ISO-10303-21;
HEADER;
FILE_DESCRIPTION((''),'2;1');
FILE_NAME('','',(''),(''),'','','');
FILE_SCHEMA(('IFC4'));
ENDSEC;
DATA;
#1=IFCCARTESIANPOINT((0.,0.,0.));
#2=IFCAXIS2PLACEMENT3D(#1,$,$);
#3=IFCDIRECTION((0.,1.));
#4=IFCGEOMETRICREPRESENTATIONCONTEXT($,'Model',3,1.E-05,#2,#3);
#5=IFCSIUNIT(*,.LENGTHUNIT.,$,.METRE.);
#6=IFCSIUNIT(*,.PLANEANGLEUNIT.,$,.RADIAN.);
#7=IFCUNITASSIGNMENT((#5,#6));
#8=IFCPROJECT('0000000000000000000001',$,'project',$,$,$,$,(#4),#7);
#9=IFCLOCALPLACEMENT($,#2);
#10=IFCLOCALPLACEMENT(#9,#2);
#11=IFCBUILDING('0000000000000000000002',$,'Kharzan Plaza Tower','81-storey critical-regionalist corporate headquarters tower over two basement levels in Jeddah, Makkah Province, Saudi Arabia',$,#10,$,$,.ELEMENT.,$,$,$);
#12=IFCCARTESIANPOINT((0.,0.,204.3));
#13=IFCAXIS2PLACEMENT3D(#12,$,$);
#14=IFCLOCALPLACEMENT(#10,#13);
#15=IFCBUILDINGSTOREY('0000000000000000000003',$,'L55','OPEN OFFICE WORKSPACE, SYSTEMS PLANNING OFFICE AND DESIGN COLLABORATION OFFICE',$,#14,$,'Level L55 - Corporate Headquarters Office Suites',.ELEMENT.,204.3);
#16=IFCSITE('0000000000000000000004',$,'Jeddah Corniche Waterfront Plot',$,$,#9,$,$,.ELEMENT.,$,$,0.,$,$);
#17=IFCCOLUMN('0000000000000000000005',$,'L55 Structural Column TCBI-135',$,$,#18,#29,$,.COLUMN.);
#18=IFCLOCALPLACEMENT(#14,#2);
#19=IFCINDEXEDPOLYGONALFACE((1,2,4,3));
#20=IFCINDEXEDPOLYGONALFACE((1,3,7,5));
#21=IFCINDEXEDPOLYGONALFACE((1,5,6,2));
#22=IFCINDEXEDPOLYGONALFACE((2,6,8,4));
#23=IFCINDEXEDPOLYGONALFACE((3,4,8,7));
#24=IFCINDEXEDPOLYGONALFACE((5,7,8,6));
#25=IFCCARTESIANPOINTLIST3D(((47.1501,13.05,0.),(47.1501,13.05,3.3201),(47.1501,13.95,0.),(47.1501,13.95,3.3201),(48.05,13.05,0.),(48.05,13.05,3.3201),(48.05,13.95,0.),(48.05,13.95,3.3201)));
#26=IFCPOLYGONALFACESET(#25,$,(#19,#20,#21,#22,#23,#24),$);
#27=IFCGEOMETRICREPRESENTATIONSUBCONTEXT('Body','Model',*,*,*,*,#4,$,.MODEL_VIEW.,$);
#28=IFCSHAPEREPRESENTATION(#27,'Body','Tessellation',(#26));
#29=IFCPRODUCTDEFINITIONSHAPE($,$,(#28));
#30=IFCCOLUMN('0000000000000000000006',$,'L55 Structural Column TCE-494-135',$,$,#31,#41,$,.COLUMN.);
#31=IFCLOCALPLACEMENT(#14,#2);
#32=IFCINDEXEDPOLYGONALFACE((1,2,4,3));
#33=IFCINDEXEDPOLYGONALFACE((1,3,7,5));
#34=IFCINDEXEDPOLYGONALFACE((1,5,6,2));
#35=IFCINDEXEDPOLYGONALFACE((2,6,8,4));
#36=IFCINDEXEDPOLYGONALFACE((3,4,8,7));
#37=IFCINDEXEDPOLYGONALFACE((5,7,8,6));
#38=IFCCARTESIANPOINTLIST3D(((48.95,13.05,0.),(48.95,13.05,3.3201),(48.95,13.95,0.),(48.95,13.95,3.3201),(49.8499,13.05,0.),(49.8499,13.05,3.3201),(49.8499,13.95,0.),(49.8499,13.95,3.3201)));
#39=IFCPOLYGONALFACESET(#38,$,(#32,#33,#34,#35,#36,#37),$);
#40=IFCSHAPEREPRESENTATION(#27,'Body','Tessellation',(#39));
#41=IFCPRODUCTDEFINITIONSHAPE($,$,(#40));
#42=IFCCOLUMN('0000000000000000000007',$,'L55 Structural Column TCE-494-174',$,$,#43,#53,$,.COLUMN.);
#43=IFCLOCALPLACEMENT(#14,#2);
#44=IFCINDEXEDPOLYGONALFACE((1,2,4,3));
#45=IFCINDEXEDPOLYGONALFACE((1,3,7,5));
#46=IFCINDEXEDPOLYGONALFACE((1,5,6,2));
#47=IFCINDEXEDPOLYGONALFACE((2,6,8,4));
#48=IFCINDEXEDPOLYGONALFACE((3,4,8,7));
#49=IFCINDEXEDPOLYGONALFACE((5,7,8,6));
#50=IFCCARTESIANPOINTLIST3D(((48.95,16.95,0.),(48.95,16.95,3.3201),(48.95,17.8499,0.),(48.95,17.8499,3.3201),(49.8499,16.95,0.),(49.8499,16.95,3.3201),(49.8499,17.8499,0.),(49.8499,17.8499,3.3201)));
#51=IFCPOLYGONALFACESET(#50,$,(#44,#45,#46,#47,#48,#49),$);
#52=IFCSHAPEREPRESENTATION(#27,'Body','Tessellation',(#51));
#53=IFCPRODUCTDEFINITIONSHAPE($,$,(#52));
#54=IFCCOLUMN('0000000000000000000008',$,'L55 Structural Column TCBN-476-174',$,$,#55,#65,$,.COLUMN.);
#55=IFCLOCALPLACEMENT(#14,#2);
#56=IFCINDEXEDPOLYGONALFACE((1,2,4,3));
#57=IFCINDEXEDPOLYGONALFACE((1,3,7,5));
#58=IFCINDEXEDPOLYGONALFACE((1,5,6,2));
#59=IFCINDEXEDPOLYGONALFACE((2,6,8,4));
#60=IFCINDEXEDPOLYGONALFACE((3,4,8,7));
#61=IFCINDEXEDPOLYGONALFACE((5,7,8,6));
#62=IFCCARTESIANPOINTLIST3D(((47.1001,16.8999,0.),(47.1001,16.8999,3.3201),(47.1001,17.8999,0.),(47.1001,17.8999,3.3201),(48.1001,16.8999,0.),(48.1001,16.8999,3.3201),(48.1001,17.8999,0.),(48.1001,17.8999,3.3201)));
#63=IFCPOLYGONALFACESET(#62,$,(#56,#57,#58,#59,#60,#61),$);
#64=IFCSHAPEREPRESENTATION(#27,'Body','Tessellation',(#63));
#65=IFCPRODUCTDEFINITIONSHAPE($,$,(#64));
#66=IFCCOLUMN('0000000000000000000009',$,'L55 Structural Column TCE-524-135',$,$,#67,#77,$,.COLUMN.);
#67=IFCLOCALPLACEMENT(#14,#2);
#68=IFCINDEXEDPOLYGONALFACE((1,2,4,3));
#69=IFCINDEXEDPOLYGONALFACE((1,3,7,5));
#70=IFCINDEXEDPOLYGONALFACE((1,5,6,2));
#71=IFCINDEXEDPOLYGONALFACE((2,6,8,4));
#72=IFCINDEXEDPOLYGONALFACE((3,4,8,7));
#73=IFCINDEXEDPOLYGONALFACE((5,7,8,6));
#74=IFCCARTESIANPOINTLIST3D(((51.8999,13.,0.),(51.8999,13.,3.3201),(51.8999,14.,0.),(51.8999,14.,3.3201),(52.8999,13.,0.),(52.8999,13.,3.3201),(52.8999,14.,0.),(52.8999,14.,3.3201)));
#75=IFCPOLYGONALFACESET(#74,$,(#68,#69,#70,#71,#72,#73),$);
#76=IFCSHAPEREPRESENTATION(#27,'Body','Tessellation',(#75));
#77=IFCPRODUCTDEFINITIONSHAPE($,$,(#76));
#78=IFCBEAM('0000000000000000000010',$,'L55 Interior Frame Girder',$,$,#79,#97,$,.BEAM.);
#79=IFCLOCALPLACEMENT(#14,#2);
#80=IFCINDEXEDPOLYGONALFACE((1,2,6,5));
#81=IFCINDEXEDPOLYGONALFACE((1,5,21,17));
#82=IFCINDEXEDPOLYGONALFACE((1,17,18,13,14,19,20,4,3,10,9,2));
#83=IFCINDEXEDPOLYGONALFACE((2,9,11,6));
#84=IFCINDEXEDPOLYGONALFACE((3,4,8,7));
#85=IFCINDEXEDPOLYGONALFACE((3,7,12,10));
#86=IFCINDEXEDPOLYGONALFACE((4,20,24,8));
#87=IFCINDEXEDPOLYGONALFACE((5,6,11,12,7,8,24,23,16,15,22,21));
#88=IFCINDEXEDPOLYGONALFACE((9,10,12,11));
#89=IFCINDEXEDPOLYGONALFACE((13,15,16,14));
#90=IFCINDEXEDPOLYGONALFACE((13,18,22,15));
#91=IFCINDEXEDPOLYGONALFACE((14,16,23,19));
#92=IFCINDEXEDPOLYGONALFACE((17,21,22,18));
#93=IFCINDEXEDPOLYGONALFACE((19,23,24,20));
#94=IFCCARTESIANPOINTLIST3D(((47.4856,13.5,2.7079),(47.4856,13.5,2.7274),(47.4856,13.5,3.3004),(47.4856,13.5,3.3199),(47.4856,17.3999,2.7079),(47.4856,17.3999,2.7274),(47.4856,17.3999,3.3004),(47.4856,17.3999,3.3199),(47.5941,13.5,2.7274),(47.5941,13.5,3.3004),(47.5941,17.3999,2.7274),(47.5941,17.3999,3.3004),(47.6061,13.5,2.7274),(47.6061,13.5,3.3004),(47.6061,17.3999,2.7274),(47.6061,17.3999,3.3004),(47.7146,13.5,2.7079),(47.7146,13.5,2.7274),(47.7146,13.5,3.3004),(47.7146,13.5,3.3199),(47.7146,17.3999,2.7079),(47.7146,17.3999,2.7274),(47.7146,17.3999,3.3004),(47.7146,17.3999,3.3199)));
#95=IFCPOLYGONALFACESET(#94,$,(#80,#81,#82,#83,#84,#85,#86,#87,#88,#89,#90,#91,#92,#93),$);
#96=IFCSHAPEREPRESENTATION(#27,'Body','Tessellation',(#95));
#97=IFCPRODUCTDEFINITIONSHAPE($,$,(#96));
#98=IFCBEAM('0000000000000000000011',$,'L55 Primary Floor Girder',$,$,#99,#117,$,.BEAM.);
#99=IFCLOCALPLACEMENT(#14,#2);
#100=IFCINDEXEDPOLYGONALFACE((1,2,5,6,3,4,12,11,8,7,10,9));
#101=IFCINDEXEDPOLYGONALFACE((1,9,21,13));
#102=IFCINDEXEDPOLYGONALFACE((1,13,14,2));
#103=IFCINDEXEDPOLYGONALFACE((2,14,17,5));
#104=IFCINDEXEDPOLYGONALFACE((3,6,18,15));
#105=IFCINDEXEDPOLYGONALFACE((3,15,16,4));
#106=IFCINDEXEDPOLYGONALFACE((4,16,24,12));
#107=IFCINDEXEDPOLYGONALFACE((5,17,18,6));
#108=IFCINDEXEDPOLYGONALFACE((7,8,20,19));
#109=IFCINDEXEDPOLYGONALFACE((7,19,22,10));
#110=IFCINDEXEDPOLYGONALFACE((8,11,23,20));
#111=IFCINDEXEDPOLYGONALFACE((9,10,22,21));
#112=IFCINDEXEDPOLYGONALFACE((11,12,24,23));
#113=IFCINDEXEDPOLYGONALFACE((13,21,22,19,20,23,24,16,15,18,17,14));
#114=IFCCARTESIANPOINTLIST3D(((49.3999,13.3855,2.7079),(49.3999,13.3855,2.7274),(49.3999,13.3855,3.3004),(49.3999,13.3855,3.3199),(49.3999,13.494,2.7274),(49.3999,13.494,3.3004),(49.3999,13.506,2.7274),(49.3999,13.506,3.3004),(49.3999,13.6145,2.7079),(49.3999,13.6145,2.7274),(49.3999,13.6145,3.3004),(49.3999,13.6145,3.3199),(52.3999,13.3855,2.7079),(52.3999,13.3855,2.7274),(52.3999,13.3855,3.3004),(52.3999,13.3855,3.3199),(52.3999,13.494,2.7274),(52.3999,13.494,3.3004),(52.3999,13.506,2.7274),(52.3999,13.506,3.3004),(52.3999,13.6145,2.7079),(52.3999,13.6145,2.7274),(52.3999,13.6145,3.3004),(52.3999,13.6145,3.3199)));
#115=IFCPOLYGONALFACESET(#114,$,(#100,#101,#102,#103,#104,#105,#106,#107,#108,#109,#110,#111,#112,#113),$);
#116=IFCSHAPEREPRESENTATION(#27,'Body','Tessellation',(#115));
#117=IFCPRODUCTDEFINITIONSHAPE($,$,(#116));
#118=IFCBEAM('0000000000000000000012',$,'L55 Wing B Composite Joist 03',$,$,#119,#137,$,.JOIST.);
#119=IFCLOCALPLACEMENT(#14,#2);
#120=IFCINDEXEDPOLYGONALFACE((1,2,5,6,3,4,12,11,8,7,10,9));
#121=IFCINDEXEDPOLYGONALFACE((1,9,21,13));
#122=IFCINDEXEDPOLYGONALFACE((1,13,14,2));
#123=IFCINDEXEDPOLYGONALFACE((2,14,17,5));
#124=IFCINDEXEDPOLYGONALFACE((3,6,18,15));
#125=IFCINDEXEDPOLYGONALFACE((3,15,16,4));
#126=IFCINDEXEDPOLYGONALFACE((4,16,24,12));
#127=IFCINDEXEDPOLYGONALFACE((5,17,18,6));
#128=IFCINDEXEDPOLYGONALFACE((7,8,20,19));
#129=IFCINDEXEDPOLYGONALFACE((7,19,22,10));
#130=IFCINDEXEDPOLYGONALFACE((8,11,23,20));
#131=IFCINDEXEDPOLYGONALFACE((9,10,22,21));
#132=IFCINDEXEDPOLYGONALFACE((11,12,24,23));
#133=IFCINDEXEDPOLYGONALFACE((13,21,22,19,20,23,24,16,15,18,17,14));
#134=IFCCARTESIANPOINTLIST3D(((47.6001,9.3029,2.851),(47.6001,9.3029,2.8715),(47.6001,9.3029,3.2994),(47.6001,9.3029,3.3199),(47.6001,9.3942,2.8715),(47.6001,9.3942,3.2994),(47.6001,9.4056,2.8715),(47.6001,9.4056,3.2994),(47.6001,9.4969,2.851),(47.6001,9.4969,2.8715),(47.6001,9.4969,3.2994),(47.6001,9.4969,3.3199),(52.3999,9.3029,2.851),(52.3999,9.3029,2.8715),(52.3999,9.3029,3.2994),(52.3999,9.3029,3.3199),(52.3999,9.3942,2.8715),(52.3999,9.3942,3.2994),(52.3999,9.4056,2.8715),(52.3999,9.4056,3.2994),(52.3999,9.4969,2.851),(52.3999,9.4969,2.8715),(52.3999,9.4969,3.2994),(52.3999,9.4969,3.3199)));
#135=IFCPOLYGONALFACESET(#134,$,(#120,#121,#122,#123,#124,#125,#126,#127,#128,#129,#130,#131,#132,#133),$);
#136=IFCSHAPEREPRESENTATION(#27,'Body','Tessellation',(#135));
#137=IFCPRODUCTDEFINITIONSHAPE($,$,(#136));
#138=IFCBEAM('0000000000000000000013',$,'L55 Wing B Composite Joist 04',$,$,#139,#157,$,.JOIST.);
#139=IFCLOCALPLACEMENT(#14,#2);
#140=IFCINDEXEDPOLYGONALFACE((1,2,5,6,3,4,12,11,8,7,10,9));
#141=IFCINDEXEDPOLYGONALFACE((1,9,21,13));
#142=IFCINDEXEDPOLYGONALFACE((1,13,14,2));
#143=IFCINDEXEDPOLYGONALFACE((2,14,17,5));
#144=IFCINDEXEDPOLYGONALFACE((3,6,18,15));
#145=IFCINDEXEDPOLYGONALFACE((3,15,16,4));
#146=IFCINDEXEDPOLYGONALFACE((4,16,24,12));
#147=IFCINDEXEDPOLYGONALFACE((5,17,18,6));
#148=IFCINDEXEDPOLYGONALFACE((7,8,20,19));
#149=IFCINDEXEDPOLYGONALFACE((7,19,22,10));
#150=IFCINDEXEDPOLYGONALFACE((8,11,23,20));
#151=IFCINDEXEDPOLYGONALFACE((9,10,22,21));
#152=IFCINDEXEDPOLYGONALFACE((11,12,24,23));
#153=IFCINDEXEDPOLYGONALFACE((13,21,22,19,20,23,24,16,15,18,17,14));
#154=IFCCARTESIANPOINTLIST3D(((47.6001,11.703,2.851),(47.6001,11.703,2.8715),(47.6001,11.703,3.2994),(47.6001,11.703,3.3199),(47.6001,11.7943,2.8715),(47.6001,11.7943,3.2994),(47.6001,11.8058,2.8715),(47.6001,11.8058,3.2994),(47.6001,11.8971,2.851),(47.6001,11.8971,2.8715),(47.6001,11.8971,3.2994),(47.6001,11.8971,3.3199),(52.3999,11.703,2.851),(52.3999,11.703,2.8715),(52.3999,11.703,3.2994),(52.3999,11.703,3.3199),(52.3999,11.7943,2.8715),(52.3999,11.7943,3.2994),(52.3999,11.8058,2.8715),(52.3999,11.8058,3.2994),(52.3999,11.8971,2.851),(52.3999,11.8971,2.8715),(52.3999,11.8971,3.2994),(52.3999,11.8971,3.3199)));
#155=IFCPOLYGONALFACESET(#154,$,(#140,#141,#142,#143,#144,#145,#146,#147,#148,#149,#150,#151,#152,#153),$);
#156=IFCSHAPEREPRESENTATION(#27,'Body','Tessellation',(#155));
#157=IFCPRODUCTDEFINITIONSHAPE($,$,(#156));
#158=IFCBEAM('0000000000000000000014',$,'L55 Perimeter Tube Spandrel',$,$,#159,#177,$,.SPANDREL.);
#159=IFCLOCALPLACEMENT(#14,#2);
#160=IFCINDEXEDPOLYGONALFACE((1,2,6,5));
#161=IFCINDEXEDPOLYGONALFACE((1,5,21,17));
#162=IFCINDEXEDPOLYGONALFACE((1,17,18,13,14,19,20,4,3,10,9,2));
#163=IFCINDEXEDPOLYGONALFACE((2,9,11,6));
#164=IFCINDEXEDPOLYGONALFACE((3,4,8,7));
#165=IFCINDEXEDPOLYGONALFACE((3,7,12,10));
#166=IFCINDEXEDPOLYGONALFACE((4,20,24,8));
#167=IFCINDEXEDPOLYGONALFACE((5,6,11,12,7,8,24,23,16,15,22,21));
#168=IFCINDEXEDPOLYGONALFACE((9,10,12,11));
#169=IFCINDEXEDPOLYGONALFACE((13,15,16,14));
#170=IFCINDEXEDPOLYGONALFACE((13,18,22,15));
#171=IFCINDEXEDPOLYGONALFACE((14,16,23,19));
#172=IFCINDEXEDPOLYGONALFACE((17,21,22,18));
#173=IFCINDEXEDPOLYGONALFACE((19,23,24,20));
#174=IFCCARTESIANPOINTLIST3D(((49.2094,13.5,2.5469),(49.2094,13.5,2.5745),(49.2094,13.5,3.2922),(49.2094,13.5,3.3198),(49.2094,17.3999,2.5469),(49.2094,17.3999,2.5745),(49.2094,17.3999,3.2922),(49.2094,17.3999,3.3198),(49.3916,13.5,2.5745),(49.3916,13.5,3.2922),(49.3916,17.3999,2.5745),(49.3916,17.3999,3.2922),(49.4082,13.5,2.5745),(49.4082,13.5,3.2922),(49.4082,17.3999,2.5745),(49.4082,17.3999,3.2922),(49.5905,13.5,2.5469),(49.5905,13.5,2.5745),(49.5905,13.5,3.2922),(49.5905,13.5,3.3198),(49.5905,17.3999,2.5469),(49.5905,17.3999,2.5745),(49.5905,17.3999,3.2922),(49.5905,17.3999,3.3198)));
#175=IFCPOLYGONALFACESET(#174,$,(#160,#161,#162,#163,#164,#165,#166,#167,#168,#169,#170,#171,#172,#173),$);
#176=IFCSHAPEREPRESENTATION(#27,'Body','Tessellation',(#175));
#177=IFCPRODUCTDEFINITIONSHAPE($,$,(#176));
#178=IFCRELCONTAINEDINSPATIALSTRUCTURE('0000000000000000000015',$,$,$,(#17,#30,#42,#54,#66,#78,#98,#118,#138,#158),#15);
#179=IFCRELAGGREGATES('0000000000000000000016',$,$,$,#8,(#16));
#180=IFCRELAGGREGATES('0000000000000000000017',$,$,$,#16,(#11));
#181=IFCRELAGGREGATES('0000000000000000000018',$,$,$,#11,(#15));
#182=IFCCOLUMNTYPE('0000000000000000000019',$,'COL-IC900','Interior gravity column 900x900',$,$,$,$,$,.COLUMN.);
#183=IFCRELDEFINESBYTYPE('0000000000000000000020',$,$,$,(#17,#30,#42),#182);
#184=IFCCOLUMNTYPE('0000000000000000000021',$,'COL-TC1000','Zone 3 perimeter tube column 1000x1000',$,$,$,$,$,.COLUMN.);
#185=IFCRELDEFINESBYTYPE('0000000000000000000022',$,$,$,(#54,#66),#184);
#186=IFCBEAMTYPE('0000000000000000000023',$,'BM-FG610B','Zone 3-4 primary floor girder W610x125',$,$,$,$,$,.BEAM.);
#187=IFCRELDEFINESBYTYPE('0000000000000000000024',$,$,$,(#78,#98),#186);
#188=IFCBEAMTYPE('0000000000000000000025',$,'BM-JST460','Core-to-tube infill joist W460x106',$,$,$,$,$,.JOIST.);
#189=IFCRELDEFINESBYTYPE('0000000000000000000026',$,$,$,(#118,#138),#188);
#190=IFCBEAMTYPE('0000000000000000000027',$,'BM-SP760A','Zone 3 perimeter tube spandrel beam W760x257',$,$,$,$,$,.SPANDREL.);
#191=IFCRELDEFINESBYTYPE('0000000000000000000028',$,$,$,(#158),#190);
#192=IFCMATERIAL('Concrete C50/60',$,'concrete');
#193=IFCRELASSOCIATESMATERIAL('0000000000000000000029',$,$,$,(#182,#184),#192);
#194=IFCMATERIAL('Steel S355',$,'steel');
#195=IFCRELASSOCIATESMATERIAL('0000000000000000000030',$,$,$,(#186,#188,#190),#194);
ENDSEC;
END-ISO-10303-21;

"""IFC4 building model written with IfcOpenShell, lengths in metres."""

from ifc_helpers import new_model, si_unit, direction, frame, origin, origin_2d, place, context, subcontext, project, spatial, rectangle, i_section, extrude, source, transform, mapped, material, material_profile, profile_set, type_object, element, save


model = new_model("IFC4")

# Units and contexts
model_context = context("Model", 3, precision=1e-05, world=origin(), true_north=direction((0.0, 1.0)))
body_context = subcontext(model_context, "Body", "Model", "MODEL_VIEW")
ifc_project = project(units=[si_unit("LENGTHUNIT", "METRE"), si_unit("PLANEANGLEUNIT", "RADIAN")], contexts=[model_context])

# Site, building, storey
site_placement = place(None, origin())
site = spatial("IfcSite", under=ifc_project, at=site_placement, Name="Jeddah Corniche Waterfront Plot", CompositionType="ELEMENT", RefElevation=0.0)
building_placement = place(site_placement, origin())
building = spatial("IfcBuilding", under=site, at=building_placement, Name="Kharzan Plaza Tower", Description="81-storey critical-regionalist corporate headquarters tower over two basement levels in Jeddah, Makkah Province, Saudi Arabia", CompositionType="ELEMENT")
storey_placement = place(building_placement, frame((0.0, 0.0, 204.3)))
storey = spatial("IfcBuildingStorey", under=building, at=storey_placement, Name="L55", Description="OPEN OFFICE WORKSPACE, SYSTEMS PLANNING OFFICE AND DESIGN COLLABORATION OFFICE", LongName="Level L55 - Corporate Headquarters Office Suites", CompositionType="ELEMENT", Elevation=204.3)

# Columns
ifc_material_1 = material(Name="Concrete C50/60", Category="concrete")
ifc_material_profile_1 = material_profile(ifc_material_1, rectangle(XDim=0.8999, YDim=0.8999, at=origin_2d()), Name="RC-IC900x900")
ifc_profile_set_1 = profile_set([ifc_material_profile_1], Name="Concrete C50/60")
column_type_1 = type_object("IfcColumnType", Name="COL-IC900", Description="Interior gravity column 900x900", PredefinedType="COLUMN", material=ifc_profile_set_1)
shared_shape_1 = source(origin(), body_context, "Body", "SweptSolid", [
    extrude(rectangle(XDim=0.8999, YDim=0.8999, at=origin_2d()), origin(), (0.0, 0.0, 1.0), 3.3201),
])
for number, where, z_axis, x_axis, name in (
    (1, (47.6001, 13.5, 0.0), (0.0, 0.0, 1.0), (1.0, 0.0, 0.0), "L55 Structural Column TCBI-135"),
    (2, (49.3999, 13.5, 0.0), (0.0, 0.0, 1.0), (1.0, 0.0, 0.0), "L55 Structural Column TCE-494-135"),
    (3, (49.3999, 17.3999, 0.0), (0.0, 0.0, 1.0), (1.0, 0.0, 0.0), "L55 Structural Column TCE-494-174"),
):
    element("IfcColumn", number, at=place(storey_placement, frame(where, z_axis=z_axis, x_axis=x_axis)), inside=storey, type_object=column_type_1, Name=name, PredefinedType="COLUMN", context=body_context, shape_type="MappedRepresentation", body=[
        mapped(shared_shape_1, transform((0.0, 0.0, 0.0), x_axis=(1.0, 0.0, 0.0), y_axis=(0.0, 1.0, 0.0), z_axis=(0.0, 0.0, 1.0))),
    ])
ifc_material_profile_2 = material_profile(ifc_material_1, rectangle(XDim=1.0, YDim=1.0, at=origin_2d()), Name="RC-TC1000x1000")
ifc_profile_set_2 = profile_set([ifc_material_profile_2], Name="Concrete C50/60")
column_type_2 = type_object("IfcColumnType", Name="COL-TC1000", Description="Zone 3 perimeter tube column 1000x1000", PredefinedType="COLUMN", material=ifc_profile_set_2)
shared_shape_2 = source(origin(), body_context, "Body", "SweptSolid", [
    extrude(rectangle(XDim=1.0, YDim=1.0, at=origin_2d()), origin(), (0.0, 0.0, 1.0), 3.3201),
])
for number, where, z_axis, x_axis, name in (
    (4, (47.6001, 17.3999, 0.0), (0.0, 0.0, 1.0), (1.0, 0.0, 0.0), "L55 Structural Column TCBN-476-174"),
    (5, (52.3999, 13.5, 0.0), (0.0, 0.0, 1.0), (1.0, 0.0, 0.0), "L55 Structural Column TCE-524-135"),
):
    element("IfcColumn", number, at=place(storey_placement, frame(where, z_axis=z_axis, x_axis=x_axis)), inside=storey, type_object=column_type_2, Name=name, PredefinedType="COLUMN", context=body_context, shape_type="MappedRepresentation", body=[
        mapped(shared_shape_2, transform((0.0, 0.0, 0.0), x_axis=(1.0, 0.0, 0.0), y_axis=(0.0, 1.0, 0.0), z_axis=(0.0, 0.0, 1.0))),
    ])

# Beams
ifc_material_2 = material(Name="Steel S355", Category="steel")
ifc_material_profile_3 = material_profile(ifc_material_2, i_section(OverallWidth=0.229, OverallDepth=0.6121, WebThickness=0.012, FlangeThickness=0.0195, at=origin_2d()), Name="W610x125")
ifc_profile_set_3 = profile_set([ifc_material_profile_3], Name="Steel S355")
beam_type_1 = type_object("IfcBeamType", Name="BM-FG610B", Description="Zone 3-4 primary floor girder W610x125", PredefinedType="BEAM", material=ifc_profile_set_3)
shared_shape_3 = source(origin(), body_context, "Body", "SweptSolid", [
    extrude(i_section(OverallWidth=0.229, OverallDepth=0.6121, WebThickness=0.012, FlangeThickness=0.0195, at=origin_2d()), origin(), (0.0, 0.0, 1.0), 3.8999),
])
beam_1_placement = place(storey_placement, frame((47.6001, 13.5, 3.0139), z_axis=(0.0, 1.0, 0.0), x_axis=(-1.0, 0.0, 0.0)))
element("IfcBeam", 6, at=beam_1_placement, inside=storey, type_object=beam_type_1, Name="L55 Interior Frame Girder", PredefinedType="BEAM", context=body_context, shape_type="MappedRepresentation", body=[
    mapped(shared_shape_3, transform((0.0, 0.0, 0.0), x_axis=(1.0, 0.0, 0.0), y_axis=(0.0, 1.0, 0.0), z_axis=(0.0, 0.0, 1.0))),
])
shared_shape_4 = source(origin(), body_context, "Body", "SweptSolid", [
    extrude(i_section(OverallWidth=0.229, OverallDepth=0.6121, WebThickness=0.012, FlangeThickness=0.0195, at=origin_2d()), origin(), (0.0, 0.0, 1.0), 3.0),
])
beam_2_placement = place(storey_placement, frame((49.3999, 13.5, 3.0139), z_axis=(1.0, 0.0, 0.0), x_axis=(0.0, 1.0, 0.0)))
element("IfcBeam", 7, at=beam_2_placement, inside=storey, type_object=beam_type_1, Name="L55 Primary Floor Girder", PredefinedType="BEAM", context=body_context, shape_type="MappedRepresentation", body=[
    mapped(shared_shape_4, transform((0.0, 0.0, 0.0), x_axis=(1.0, 0.0, 0.0), y_axis=(0.0, 1.0, 0.0), z_axis=(0.0, 0.0, 1.0))),
])
ifc_material_profile_4 = material_profile(ifc_material_2, i_section(OverallWidth=0.1941, OverallDepth=0.469, WebThickness=0.0115, FlangeThickness=0.0205, at=origin_2d()), Name="W460x106")
ifc_profile_set_4 = profile_set([ifc_material_profile_4], Name="Steel S355")
beam_type_2 = type_object("IfcBeamType", Name="BM-JST460", Description="Core-to-tube infill joist W460x106", PredefinedType="JOIST", material=ifc_profile_set_4)
shared_shape_5 = source(origin(), body_context, "Body", "SweptSolid", [
    extrude(i_section(OverallWidth=0.1941, OverallDepth=0.469, WebThickness=0.0115, FlangeThickness=0.0205, at=origin_2d()), origin(), (0.0, 0.0, 1.0), 4.7998),
])
for number, where, z_axis, x_axis, name in (
    (8, (47.6001, 9.3999, 3.0854), (1.0, 0.0, 0.0), (0.0, 1.0, 0.0), "L55 Wing B Composite Joist 03"),
    (9, (47.6001, 11.8, 3.0854), (1.0, 0.0, 0.0), (0.0, 1.0, 0.0), "L55 Wing B Composite Joist 04"),
):
    element("IfcBeam", number, at=place(storey_placement, frame(where, z_axis=z_axis, x_axis=x_axis)), inside=storey, type_object=beam_type_2, Name=name, PredefinedType="JOIST", context=body_context, shape_type="MappedRepresentation", body=[
        mapped(shared_shape_5, transform((0.0, 0.0, 0.0), x_axis=(1.0, 0.0, 0.0), y_axis=(0.0, 1.0, 0.0), z_axis=(0.0, 0.0, 1.0))),
    ])
ifc_material_profile_5 = material_profile(ifc_material_2, i_section(OverallWidth=0.3811, OverallDepth=0.7729, WebThickness=0.0166, FlangeThickness=0.0276, at=origin_2d()), Name="W760x257")
ifc_profile_set_5 = profile_set([ifc_material_profile_5], Name="Steel S355")
beam_type_3 = type_object("IfcBeamType", Name="BM-SP760A", Description="Zone 3 perimeter tube spandrel beam W760x257", PredefinedType="SPANDREL", material=ifc_profile_set_5)
shared_shape_6 = source(origin(), body_context, "Body", "SweptSolid", [
    extrude(i_section(OverallWidth=0.3811, OverallDepth=0.7729, WebThickness=0.0166, FlangeThickness=0.0276, at=origin_2d()), origin(), (0.0, 0.0, 1.0), 3.8999),
])
beam_3_placement = place(storey_placement, frame((49.3999, 13.5, 2.9333), z_axis=(0.0, 1.0, 0.0), x_axis=(-1.0, 0.0, 0.0)))
element("IfcBeam", 10, at=beam_3_placement, inside=storey, type_object=beam_type_3, Name="L55 Perimeter Tube Spandrel", PredefinedType="SPANDREL", context=body_context, shape_type="MappedRepresentation", body=[
    mapped(shared_shape_6, transform((0.0, 0.0, 0.0), x_axis=(1.0, 0.0, 0.0), y_axis=(0.0, 1.0, 0.0), z_axis=(0.0, 0.0, 1.0))),
])

save(model, "model.ifc")
